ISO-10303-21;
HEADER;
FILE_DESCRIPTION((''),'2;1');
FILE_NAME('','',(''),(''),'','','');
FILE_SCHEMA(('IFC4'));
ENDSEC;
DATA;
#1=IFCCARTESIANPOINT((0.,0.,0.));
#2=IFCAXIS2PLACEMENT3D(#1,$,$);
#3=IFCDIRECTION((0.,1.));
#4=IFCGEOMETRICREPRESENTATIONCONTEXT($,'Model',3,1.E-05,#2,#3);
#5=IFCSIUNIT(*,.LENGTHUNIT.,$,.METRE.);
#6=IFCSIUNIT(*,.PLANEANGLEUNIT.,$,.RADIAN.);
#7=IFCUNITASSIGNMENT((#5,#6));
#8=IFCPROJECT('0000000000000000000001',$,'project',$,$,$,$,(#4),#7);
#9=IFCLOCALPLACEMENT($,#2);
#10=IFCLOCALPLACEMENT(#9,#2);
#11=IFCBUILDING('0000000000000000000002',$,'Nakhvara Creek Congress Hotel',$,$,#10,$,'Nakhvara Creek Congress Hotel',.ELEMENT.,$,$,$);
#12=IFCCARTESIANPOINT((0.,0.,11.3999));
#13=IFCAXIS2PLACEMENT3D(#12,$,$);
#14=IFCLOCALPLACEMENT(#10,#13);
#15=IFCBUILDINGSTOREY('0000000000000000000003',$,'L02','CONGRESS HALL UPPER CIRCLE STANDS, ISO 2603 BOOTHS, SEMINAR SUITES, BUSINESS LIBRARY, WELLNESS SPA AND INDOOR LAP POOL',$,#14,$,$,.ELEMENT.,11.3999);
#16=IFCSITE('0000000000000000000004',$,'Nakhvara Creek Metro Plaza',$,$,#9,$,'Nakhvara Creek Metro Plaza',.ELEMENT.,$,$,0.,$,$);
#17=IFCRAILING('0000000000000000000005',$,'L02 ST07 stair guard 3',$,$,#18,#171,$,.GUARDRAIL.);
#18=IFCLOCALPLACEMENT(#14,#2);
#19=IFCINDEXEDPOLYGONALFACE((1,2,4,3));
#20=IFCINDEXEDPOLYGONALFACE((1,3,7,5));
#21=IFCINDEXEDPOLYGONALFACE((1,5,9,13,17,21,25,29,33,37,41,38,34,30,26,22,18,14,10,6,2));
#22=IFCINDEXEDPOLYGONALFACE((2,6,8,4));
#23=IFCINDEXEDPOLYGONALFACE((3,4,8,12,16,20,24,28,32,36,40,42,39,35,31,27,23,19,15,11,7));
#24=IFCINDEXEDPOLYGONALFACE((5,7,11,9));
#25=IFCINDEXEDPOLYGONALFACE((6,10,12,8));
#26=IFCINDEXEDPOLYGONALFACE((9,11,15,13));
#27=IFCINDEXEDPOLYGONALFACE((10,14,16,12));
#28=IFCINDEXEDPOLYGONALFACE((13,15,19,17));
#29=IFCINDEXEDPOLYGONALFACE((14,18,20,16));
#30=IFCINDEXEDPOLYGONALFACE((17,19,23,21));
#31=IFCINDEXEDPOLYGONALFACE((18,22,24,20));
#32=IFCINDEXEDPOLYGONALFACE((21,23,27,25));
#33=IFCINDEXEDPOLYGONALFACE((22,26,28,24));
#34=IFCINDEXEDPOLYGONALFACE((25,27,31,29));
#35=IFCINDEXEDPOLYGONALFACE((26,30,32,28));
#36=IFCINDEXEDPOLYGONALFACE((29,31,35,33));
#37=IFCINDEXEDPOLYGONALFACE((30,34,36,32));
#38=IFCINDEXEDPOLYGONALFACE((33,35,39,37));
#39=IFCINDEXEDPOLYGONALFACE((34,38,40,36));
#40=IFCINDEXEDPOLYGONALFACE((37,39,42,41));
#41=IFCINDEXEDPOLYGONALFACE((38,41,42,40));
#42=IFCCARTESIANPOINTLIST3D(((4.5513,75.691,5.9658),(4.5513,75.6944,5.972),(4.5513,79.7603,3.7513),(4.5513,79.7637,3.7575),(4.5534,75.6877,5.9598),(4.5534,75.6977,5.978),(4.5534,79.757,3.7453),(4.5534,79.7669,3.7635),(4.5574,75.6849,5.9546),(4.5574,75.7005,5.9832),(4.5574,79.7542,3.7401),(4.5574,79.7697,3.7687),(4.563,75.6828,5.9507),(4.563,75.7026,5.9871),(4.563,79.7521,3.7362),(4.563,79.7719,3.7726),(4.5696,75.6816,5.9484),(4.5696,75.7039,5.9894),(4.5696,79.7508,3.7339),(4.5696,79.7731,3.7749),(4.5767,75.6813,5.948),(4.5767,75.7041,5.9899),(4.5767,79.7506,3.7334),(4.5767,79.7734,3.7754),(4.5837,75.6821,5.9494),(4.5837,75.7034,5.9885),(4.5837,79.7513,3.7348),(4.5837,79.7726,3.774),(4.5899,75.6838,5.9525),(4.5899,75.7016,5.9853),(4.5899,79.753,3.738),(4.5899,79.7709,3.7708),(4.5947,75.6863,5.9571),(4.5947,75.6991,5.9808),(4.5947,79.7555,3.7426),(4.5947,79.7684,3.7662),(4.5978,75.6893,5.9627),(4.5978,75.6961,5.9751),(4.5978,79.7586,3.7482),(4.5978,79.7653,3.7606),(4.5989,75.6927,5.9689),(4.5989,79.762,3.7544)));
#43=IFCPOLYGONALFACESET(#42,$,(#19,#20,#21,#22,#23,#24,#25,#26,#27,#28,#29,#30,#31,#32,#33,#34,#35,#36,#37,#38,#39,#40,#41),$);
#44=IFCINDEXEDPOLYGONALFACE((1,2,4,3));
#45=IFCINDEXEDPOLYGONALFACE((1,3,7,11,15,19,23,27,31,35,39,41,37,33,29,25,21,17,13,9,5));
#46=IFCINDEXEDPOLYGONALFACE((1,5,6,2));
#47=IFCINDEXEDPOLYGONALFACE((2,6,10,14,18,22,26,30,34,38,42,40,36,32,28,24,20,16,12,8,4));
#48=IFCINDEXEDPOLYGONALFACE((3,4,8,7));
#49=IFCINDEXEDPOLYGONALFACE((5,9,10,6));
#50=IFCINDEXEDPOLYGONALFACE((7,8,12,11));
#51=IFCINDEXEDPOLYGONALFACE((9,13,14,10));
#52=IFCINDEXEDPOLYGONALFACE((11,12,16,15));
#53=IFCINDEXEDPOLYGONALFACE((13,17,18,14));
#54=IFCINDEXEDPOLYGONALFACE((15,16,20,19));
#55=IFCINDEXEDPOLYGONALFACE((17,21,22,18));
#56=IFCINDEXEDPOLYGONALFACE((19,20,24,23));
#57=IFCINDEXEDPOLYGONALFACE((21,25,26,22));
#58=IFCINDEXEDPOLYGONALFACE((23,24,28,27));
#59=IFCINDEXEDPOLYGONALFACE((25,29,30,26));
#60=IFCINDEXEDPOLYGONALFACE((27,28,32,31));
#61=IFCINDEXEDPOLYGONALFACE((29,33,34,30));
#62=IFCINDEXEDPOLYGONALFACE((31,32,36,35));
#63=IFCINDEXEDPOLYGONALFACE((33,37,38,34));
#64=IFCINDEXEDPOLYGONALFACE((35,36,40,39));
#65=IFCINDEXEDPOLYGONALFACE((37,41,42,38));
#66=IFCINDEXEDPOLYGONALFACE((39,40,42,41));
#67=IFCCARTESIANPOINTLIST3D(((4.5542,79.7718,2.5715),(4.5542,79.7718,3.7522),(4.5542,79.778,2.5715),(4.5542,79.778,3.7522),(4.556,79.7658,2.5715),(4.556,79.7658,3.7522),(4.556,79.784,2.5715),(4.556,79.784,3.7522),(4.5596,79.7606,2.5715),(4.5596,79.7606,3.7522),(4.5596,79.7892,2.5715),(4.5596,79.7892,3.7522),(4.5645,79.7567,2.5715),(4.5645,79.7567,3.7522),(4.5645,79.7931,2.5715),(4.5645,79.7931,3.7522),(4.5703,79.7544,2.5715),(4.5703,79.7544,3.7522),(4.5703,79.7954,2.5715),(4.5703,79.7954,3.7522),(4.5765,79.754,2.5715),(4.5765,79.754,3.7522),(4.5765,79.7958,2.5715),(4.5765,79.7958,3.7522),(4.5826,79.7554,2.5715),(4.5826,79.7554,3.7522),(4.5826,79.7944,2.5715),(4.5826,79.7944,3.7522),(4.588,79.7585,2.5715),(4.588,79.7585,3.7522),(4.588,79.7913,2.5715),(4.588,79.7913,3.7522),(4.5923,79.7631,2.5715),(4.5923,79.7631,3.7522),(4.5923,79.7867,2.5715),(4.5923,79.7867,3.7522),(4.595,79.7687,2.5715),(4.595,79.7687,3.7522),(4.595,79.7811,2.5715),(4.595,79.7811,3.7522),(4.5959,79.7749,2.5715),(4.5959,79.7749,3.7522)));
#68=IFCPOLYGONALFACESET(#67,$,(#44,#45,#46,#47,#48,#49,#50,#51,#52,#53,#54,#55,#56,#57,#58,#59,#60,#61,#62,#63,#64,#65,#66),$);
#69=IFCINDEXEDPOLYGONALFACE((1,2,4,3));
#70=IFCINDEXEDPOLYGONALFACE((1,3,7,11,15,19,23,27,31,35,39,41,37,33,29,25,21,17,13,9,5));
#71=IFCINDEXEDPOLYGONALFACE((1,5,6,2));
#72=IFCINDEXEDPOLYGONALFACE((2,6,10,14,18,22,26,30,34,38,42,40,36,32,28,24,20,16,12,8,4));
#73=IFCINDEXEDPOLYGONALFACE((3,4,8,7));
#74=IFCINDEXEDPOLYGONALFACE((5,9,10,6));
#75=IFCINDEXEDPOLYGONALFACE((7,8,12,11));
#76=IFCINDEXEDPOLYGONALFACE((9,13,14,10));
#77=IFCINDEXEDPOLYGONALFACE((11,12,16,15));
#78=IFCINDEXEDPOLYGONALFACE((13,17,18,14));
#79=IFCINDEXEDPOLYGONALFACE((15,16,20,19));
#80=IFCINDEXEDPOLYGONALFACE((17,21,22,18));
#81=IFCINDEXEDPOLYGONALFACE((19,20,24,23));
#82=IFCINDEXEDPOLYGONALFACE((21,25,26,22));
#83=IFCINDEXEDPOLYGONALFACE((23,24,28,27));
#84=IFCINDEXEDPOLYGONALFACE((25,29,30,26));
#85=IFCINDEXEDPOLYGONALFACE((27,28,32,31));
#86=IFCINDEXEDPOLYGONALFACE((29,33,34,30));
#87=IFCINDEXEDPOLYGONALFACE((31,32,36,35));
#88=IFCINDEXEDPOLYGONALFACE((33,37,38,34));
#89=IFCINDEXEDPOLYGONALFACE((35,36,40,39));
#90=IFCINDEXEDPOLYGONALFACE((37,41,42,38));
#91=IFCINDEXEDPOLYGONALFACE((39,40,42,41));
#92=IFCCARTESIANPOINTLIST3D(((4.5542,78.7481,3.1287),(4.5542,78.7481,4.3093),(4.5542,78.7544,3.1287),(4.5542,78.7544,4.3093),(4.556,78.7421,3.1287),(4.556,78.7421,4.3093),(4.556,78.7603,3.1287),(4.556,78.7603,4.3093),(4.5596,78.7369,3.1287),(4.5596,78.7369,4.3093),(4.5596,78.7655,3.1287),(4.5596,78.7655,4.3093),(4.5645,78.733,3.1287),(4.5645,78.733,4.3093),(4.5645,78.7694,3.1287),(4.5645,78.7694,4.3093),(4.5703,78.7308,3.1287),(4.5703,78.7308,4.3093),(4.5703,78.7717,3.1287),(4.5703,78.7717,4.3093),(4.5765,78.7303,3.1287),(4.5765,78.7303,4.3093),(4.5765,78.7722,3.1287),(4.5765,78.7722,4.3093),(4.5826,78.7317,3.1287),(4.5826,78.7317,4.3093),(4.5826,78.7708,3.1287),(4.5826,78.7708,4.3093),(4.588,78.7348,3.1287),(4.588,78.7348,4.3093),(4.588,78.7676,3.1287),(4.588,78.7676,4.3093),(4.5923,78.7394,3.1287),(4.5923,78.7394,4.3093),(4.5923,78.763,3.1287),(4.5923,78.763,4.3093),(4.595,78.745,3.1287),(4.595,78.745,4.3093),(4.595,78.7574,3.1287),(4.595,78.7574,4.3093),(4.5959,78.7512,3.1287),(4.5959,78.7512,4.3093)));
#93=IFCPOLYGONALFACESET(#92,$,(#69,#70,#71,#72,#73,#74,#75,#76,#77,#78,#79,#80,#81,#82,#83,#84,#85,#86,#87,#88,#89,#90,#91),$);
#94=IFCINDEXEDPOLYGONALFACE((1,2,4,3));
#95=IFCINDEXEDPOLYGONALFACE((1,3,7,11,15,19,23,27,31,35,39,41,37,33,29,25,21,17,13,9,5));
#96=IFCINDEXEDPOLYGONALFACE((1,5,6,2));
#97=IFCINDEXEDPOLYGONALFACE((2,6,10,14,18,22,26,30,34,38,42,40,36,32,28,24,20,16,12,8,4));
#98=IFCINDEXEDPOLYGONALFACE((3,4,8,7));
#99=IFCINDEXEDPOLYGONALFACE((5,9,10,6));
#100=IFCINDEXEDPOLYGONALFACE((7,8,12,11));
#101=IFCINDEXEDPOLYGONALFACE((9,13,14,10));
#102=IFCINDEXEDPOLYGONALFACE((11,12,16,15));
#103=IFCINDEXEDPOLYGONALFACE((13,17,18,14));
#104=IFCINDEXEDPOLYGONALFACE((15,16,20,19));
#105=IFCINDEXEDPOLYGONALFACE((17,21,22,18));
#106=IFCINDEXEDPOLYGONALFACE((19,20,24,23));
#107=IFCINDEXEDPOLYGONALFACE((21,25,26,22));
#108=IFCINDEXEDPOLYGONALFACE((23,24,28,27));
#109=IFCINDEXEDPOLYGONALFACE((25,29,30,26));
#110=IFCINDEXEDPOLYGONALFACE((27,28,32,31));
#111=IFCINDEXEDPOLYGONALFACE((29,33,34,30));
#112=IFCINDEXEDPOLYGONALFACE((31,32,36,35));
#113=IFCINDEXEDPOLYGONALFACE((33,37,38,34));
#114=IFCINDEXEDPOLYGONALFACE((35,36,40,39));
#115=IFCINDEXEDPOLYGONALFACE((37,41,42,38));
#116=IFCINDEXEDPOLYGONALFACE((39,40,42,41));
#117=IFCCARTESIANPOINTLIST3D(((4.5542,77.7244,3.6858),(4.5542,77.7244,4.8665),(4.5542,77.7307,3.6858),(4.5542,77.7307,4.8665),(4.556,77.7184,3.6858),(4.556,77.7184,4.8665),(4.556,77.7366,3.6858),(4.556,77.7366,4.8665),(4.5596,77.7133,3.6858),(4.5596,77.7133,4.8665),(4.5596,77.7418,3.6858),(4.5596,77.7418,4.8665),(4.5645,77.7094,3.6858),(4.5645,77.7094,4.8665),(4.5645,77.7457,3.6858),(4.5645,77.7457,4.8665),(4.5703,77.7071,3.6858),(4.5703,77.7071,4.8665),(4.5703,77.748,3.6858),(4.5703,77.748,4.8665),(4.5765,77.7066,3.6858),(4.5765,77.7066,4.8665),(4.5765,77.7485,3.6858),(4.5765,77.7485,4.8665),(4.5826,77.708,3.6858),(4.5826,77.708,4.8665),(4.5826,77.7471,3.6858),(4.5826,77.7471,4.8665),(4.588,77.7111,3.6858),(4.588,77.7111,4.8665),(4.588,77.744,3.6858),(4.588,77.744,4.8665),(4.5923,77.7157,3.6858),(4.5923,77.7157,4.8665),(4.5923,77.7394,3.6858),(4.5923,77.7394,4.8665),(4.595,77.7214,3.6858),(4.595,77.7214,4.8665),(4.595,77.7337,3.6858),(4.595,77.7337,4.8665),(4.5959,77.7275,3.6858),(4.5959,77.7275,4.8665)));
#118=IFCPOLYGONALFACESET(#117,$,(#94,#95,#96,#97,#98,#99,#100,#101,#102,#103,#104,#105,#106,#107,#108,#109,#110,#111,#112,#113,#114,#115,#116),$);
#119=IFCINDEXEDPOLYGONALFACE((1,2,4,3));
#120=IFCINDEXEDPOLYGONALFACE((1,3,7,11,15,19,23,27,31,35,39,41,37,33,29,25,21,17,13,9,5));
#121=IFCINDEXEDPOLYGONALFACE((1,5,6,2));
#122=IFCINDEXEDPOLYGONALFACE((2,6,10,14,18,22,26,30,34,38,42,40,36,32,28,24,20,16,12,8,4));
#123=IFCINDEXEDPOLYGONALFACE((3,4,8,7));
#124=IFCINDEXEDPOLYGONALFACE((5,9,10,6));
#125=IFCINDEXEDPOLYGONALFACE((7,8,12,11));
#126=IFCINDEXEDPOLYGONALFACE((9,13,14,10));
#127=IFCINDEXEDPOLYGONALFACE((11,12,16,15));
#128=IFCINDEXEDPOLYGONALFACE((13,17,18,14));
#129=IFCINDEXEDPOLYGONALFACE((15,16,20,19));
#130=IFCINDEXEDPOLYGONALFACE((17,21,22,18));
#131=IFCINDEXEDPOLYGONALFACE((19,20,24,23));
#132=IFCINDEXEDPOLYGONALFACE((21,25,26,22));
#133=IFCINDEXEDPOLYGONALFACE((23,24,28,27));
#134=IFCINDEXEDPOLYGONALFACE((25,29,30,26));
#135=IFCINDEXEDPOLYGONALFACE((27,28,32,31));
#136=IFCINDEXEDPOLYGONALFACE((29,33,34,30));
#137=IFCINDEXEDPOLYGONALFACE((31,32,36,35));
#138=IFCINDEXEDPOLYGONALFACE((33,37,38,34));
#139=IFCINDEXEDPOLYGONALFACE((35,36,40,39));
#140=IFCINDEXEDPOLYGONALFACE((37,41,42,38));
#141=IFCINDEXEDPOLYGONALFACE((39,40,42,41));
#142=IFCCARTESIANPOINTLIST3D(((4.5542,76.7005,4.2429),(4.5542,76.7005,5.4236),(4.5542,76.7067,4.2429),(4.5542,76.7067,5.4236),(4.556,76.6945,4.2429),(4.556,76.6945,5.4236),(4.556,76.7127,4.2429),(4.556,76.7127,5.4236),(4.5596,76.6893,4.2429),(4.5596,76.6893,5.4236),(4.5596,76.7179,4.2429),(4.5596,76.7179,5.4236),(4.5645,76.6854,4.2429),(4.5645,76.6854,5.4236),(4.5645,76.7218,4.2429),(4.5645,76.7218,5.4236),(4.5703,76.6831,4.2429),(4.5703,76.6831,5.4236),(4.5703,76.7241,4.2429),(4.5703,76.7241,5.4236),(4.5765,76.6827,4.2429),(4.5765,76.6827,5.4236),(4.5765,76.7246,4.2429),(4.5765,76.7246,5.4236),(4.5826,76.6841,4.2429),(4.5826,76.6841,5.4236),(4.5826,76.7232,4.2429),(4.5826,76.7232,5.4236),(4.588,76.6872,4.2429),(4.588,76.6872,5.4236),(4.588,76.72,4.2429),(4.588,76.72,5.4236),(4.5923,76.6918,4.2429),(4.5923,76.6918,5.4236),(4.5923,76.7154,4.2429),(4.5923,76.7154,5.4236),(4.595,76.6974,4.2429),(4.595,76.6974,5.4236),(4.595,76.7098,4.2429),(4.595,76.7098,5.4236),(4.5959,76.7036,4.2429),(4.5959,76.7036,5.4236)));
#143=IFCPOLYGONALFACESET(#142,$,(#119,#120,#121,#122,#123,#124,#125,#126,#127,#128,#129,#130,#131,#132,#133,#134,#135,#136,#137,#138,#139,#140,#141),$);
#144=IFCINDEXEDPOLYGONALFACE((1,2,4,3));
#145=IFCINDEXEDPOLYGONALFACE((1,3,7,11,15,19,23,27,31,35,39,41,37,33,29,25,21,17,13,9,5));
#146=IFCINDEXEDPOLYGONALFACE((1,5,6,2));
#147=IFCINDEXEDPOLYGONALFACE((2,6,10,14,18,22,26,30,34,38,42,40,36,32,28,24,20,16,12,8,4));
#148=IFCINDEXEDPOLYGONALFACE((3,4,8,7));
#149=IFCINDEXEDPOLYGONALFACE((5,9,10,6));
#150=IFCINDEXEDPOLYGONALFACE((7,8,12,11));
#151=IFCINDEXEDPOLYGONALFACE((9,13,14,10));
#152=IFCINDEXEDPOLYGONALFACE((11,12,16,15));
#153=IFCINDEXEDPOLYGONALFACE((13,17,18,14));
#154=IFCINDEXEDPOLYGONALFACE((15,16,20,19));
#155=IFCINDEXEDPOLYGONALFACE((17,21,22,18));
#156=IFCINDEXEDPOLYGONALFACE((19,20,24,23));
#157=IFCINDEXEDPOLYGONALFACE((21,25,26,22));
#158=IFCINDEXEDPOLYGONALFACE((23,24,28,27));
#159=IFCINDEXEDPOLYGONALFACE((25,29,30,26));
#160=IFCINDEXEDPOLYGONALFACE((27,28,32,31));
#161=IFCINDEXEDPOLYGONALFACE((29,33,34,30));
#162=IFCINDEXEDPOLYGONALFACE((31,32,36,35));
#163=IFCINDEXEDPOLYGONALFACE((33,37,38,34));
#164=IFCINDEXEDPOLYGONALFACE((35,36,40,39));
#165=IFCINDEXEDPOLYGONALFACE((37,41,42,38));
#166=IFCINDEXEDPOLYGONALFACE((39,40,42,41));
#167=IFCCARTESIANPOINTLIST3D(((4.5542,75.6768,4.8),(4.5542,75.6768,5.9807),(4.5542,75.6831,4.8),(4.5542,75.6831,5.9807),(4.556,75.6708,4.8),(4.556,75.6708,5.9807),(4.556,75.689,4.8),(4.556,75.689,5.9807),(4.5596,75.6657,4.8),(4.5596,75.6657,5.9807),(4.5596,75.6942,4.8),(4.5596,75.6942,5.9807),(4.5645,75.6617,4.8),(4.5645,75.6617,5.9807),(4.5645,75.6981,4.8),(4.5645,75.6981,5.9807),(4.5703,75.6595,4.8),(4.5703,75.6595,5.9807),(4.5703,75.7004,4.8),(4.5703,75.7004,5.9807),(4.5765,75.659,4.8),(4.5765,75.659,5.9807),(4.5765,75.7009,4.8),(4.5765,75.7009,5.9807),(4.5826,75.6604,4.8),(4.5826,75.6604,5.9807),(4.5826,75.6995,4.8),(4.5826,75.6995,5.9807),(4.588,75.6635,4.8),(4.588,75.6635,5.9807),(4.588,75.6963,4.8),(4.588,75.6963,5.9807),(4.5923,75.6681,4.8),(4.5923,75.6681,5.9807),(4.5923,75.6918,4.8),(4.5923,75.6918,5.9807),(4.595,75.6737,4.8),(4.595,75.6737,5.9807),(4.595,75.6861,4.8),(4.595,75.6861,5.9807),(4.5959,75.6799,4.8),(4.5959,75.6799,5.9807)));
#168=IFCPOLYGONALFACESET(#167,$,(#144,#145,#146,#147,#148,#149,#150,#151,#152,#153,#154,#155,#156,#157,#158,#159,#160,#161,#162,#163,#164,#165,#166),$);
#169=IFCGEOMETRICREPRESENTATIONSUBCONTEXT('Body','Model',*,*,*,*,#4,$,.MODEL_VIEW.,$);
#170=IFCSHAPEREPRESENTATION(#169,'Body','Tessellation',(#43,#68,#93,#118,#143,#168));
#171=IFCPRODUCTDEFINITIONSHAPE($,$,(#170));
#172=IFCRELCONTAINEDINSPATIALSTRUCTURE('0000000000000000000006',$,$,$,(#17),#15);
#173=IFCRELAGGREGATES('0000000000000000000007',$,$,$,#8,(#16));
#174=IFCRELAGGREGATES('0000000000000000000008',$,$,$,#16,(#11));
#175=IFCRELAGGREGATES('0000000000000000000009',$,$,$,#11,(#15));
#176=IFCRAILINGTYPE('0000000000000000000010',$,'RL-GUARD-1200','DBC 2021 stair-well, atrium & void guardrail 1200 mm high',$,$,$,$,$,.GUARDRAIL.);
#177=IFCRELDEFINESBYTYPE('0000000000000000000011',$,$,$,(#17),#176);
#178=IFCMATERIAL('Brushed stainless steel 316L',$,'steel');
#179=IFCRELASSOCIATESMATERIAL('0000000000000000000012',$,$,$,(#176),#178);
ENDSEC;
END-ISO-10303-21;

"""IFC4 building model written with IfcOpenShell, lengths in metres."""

from ifc_helpers import new_model, si_unit, direction, frame, origin, origin_2d, place, context, subcontext, project, spatial, circle, extrude, material, type_object, element, save


model = new_model("IFC4")

# Units and contexts
model_context = context("Model", 3, precision=1e-05, world=origin(), true_north=direction((0.0, 1.0)))
body_context = subcontext(model_context, "Body", "Model", "MODEL_VIEW")
ifc_project = project(units=[si_unit("LENGTHUNIT", "METRE"), si_unit("PLANEANGLEUNIT", "RADIAN")], contexts=[model_context])

# Site, building, storey
site_placement = place(None, origin())
site = spatial("IfcSite", under=ifc_project, at=site_placement, Name="Nakhvara Creek Metro Plaza", LongName="Nakhvara Creek Metro Plaza", CompositionType="ELEMENT", RefElevation=0.0)
building_placement = place(site_placement, origin())
building = spatial("IfcBuilding", under=site, at=building_placement, Name="Nakhvara Creek Congress Hotel", LongName="Nakhvara Creek Congress Hotel", CompositionType="ELEMENT")
storey_placement = place(building_placement, frame((0.0, 0.0, 11.3999)))
storey = spatial("IfcBuildingStorey", under=building, at=storey_placement, Name="L02", Description="CONGRESS HALL UPPER CIRCLE STANDS, ISO 2603 BOOTHS, SEMINAR SUITES, BUSINESS LIBRARY, WELLNESS SPA AND INDOOR LAP POOL", CompositionType="ELEMENT", Elevation=11.3999)

# Railing
ifc_material_1 = material(Name="Brushed stainless steel 316L", Category="steel")
railing_type_1 = type_object("IfcRailingType", Name="RL-GUARD-1200", Description="DBC 2021 stair-well, atrium & void guardrail 1200 mm high", PredefinedType="GUARDRAIL", material=ifc_material_1)
railing_1_placement = place(storey_placement, frame((4.575, 79.7749, 2.5715)))
element("IfcRailing", 1, at=railing_1_placement, inside=storey, type_object=railing_type_1, Name="L02 ST07 stair guard 3", PredefinedType="GUARDRAIL", context=body_context, shape_type="SweptSolid", body=[
    extrude(circle(Radius=0.0239, at=origin_2d()), frame((0.0, -0.0129, 1.1829), z_axis=(0.0, -0.878355, 0.478008), x_axis=(1.0, 0.0, 0.0)), (0.0, 0.0, 1.0), 4.6328),
    extrude(circle(Radius=0.021, at=origin_2d()), origin(), (0.0, 0.0, 1.0), 1.1807),
    extrude(circle(Radius=0.021, at=origin_2d()), frame((0.0, -1.0237, 0.5571)), (0.0, 0.0, 1.0), 1.1807),
    extrude(circle(Radius=0.021, at=origin_2d()), frame((0.0, -2.0474, 1.1143)), (0.0, 0.0, 1.0), 1.1807),
    extrude(circle(Radius=0.021, at=origin_2d()), frame((0.0, -3.0713, 1.6714)), (0.0, 0.0, 1.0), 1.1807),
    extrude(circle(Radius=0.021, at=origin_2d()), frame((0.0, -4.095, 2.2285)), (0.0, 0.0, 1.0), 1.1807),
])

save(model, "model.ifc")
